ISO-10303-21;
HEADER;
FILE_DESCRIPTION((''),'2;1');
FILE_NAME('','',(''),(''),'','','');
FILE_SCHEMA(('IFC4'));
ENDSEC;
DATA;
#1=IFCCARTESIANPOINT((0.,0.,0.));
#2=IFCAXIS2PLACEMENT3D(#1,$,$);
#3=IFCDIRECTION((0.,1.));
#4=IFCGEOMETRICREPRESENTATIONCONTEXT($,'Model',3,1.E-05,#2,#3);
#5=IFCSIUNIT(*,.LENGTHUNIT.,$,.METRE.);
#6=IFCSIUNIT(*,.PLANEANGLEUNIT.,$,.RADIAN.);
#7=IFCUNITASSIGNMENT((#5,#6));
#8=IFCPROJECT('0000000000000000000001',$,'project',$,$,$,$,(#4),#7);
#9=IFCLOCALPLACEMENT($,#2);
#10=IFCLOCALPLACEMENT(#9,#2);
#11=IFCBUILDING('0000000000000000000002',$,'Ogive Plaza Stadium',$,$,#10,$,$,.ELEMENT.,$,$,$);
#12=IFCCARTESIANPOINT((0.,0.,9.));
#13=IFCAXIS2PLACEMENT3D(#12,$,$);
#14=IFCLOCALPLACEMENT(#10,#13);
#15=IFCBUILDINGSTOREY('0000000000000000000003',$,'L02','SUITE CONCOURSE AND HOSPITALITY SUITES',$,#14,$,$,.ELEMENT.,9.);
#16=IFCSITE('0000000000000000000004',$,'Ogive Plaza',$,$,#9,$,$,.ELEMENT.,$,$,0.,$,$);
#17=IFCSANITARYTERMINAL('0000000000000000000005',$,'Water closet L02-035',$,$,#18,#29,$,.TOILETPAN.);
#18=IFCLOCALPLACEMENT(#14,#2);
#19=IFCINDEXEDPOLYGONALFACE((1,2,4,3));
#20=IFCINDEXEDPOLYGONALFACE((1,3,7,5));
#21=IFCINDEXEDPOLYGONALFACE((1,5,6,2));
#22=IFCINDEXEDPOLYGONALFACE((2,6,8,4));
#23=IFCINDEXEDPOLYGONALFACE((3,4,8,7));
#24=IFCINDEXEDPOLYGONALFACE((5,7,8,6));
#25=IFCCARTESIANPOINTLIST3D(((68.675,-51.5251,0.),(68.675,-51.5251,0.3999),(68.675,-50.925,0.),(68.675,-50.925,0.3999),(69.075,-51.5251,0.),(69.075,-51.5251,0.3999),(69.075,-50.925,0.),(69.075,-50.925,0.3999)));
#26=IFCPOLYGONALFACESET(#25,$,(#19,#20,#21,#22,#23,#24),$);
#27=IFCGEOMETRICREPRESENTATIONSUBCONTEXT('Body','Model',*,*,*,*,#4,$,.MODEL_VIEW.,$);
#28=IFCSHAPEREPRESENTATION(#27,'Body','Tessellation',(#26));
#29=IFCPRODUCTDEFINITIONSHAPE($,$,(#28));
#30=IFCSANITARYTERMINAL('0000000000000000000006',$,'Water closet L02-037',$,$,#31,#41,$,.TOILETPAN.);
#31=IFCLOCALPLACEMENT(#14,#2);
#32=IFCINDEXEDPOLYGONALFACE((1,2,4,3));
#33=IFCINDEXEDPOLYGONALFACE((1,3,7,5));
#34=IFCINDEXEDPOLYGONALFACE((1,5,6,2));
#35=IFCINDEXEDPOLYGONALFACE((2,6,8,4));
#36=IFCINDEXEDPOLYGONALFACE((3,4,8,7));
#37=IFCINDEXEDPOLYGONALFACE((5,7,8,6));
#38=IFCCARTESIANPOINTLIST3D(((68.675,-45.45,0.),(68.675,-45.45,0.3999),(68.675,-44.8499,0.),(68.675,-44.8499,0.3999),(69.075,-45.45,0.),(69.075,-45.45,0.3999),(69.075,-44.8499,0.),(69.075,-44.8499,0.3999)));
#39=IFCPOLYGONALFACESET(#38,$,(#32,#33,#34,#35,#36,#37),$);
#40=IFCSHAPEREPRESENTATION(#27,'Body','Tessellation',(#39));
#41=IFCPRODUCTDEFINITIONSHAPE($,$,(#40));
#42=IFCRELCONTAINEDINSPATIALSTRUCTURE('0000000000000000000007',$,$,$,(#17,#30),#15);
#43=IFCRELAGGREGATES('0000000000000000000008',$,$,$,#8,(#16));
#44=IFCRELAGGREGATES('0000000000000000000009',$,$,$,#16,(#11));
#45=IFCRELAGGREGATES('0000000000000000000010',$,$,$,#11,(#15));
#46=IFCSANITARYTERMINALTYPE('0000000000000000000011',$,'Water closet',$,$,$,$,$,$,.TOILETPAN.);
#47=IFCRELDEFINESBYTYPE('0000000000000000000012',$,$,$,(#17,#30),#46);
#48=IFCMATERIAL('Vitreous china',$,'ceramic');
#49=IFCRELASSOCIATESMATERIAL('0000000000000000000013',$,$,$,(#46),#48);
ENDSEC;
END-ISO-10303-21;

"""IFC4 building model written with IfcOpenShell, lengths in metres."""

from ifc_helpers import new_model, si_unit, direction, frame, origin, origin_2d, place, context, subcontext, project, spatial, rectangle, extrude, material, type_object, element, save


model = new_model("IFC4")

# Units and contexts
model_context = context("Model", 3, precision=1e-05, world=origin(), true_north=direction((0.0, 1.0)))
body_context = subcontext(model_context, "Body", "Model", "MODEL_VIEW")
ifc_project = project(units=[si_unit("LENGTHUNIT", "METRE"), si_unit("PLANEANGLEUNIT", "RADIAN")], contexts=[model_context])

# Site, building, storey
site_placement = place(None, origin())
site = spatial("IfcSite", under=ifc_project, at=site_placement, Name="Ogive Plaza", CompositionType="ELEMENT", RefElevation=0.0)
building_placement = place(site_placement, origin())
building = spatial("IfcBuilding", under=site, at=building_placement, Name="Ogive Plaza Stadium", CompositionType="ELEMENT")
storey_placement = place(building_placement, frame((0.0, 0.0, 9.0)))
storey = spatial("IfcBuildingStorey", under=building, at=storey_placement, Name="L02", Description="SUITE CONCOURSE AND HOSPITALITY SUITES", CompositionType="ELEMENT", Elevation=9.0)

# Sanitary terminals
ifc_material_1 = material(Name="Vitreous china", Category="ceramic")
sanitary_terminal_type_1 = type_object("IfcSanitaryTerminalType", Name="Water closet", PredefinedType="TOILETPAN", material=ifc_material_1)
for number, where, z_axis, x_axis, name in (
    (1, (68.875, -51.2251, 0.0), (0.0, 0.0, 1.0), (-1.0, 0.0, 0.0), "Water closet L02-035"),
    (2, (68.875, -45.1499, 0.0), (0.0, 0.0, 1.0), (-1.0, 0.0, 0.0), "Water closet L02-037"),
):
    element("IfcSanitaryTerminal", number, at=place(storey_placement, frame(where, z_axis=z_axis, x_axis=x_axis)), inside=storey, type_object=sanitary_terminal_type_1, Name=name, PredefinedType="TOILETPAN", context=body_context, shape_type="SweptSolid", body=[
        extrude(rectangle(XDim=0.3999, YDim=0.6001, at=origin_2d()), origin(), (0.0, 0.0, 1.0), 0.3999),
    ])

save(model, "model.ifc")
